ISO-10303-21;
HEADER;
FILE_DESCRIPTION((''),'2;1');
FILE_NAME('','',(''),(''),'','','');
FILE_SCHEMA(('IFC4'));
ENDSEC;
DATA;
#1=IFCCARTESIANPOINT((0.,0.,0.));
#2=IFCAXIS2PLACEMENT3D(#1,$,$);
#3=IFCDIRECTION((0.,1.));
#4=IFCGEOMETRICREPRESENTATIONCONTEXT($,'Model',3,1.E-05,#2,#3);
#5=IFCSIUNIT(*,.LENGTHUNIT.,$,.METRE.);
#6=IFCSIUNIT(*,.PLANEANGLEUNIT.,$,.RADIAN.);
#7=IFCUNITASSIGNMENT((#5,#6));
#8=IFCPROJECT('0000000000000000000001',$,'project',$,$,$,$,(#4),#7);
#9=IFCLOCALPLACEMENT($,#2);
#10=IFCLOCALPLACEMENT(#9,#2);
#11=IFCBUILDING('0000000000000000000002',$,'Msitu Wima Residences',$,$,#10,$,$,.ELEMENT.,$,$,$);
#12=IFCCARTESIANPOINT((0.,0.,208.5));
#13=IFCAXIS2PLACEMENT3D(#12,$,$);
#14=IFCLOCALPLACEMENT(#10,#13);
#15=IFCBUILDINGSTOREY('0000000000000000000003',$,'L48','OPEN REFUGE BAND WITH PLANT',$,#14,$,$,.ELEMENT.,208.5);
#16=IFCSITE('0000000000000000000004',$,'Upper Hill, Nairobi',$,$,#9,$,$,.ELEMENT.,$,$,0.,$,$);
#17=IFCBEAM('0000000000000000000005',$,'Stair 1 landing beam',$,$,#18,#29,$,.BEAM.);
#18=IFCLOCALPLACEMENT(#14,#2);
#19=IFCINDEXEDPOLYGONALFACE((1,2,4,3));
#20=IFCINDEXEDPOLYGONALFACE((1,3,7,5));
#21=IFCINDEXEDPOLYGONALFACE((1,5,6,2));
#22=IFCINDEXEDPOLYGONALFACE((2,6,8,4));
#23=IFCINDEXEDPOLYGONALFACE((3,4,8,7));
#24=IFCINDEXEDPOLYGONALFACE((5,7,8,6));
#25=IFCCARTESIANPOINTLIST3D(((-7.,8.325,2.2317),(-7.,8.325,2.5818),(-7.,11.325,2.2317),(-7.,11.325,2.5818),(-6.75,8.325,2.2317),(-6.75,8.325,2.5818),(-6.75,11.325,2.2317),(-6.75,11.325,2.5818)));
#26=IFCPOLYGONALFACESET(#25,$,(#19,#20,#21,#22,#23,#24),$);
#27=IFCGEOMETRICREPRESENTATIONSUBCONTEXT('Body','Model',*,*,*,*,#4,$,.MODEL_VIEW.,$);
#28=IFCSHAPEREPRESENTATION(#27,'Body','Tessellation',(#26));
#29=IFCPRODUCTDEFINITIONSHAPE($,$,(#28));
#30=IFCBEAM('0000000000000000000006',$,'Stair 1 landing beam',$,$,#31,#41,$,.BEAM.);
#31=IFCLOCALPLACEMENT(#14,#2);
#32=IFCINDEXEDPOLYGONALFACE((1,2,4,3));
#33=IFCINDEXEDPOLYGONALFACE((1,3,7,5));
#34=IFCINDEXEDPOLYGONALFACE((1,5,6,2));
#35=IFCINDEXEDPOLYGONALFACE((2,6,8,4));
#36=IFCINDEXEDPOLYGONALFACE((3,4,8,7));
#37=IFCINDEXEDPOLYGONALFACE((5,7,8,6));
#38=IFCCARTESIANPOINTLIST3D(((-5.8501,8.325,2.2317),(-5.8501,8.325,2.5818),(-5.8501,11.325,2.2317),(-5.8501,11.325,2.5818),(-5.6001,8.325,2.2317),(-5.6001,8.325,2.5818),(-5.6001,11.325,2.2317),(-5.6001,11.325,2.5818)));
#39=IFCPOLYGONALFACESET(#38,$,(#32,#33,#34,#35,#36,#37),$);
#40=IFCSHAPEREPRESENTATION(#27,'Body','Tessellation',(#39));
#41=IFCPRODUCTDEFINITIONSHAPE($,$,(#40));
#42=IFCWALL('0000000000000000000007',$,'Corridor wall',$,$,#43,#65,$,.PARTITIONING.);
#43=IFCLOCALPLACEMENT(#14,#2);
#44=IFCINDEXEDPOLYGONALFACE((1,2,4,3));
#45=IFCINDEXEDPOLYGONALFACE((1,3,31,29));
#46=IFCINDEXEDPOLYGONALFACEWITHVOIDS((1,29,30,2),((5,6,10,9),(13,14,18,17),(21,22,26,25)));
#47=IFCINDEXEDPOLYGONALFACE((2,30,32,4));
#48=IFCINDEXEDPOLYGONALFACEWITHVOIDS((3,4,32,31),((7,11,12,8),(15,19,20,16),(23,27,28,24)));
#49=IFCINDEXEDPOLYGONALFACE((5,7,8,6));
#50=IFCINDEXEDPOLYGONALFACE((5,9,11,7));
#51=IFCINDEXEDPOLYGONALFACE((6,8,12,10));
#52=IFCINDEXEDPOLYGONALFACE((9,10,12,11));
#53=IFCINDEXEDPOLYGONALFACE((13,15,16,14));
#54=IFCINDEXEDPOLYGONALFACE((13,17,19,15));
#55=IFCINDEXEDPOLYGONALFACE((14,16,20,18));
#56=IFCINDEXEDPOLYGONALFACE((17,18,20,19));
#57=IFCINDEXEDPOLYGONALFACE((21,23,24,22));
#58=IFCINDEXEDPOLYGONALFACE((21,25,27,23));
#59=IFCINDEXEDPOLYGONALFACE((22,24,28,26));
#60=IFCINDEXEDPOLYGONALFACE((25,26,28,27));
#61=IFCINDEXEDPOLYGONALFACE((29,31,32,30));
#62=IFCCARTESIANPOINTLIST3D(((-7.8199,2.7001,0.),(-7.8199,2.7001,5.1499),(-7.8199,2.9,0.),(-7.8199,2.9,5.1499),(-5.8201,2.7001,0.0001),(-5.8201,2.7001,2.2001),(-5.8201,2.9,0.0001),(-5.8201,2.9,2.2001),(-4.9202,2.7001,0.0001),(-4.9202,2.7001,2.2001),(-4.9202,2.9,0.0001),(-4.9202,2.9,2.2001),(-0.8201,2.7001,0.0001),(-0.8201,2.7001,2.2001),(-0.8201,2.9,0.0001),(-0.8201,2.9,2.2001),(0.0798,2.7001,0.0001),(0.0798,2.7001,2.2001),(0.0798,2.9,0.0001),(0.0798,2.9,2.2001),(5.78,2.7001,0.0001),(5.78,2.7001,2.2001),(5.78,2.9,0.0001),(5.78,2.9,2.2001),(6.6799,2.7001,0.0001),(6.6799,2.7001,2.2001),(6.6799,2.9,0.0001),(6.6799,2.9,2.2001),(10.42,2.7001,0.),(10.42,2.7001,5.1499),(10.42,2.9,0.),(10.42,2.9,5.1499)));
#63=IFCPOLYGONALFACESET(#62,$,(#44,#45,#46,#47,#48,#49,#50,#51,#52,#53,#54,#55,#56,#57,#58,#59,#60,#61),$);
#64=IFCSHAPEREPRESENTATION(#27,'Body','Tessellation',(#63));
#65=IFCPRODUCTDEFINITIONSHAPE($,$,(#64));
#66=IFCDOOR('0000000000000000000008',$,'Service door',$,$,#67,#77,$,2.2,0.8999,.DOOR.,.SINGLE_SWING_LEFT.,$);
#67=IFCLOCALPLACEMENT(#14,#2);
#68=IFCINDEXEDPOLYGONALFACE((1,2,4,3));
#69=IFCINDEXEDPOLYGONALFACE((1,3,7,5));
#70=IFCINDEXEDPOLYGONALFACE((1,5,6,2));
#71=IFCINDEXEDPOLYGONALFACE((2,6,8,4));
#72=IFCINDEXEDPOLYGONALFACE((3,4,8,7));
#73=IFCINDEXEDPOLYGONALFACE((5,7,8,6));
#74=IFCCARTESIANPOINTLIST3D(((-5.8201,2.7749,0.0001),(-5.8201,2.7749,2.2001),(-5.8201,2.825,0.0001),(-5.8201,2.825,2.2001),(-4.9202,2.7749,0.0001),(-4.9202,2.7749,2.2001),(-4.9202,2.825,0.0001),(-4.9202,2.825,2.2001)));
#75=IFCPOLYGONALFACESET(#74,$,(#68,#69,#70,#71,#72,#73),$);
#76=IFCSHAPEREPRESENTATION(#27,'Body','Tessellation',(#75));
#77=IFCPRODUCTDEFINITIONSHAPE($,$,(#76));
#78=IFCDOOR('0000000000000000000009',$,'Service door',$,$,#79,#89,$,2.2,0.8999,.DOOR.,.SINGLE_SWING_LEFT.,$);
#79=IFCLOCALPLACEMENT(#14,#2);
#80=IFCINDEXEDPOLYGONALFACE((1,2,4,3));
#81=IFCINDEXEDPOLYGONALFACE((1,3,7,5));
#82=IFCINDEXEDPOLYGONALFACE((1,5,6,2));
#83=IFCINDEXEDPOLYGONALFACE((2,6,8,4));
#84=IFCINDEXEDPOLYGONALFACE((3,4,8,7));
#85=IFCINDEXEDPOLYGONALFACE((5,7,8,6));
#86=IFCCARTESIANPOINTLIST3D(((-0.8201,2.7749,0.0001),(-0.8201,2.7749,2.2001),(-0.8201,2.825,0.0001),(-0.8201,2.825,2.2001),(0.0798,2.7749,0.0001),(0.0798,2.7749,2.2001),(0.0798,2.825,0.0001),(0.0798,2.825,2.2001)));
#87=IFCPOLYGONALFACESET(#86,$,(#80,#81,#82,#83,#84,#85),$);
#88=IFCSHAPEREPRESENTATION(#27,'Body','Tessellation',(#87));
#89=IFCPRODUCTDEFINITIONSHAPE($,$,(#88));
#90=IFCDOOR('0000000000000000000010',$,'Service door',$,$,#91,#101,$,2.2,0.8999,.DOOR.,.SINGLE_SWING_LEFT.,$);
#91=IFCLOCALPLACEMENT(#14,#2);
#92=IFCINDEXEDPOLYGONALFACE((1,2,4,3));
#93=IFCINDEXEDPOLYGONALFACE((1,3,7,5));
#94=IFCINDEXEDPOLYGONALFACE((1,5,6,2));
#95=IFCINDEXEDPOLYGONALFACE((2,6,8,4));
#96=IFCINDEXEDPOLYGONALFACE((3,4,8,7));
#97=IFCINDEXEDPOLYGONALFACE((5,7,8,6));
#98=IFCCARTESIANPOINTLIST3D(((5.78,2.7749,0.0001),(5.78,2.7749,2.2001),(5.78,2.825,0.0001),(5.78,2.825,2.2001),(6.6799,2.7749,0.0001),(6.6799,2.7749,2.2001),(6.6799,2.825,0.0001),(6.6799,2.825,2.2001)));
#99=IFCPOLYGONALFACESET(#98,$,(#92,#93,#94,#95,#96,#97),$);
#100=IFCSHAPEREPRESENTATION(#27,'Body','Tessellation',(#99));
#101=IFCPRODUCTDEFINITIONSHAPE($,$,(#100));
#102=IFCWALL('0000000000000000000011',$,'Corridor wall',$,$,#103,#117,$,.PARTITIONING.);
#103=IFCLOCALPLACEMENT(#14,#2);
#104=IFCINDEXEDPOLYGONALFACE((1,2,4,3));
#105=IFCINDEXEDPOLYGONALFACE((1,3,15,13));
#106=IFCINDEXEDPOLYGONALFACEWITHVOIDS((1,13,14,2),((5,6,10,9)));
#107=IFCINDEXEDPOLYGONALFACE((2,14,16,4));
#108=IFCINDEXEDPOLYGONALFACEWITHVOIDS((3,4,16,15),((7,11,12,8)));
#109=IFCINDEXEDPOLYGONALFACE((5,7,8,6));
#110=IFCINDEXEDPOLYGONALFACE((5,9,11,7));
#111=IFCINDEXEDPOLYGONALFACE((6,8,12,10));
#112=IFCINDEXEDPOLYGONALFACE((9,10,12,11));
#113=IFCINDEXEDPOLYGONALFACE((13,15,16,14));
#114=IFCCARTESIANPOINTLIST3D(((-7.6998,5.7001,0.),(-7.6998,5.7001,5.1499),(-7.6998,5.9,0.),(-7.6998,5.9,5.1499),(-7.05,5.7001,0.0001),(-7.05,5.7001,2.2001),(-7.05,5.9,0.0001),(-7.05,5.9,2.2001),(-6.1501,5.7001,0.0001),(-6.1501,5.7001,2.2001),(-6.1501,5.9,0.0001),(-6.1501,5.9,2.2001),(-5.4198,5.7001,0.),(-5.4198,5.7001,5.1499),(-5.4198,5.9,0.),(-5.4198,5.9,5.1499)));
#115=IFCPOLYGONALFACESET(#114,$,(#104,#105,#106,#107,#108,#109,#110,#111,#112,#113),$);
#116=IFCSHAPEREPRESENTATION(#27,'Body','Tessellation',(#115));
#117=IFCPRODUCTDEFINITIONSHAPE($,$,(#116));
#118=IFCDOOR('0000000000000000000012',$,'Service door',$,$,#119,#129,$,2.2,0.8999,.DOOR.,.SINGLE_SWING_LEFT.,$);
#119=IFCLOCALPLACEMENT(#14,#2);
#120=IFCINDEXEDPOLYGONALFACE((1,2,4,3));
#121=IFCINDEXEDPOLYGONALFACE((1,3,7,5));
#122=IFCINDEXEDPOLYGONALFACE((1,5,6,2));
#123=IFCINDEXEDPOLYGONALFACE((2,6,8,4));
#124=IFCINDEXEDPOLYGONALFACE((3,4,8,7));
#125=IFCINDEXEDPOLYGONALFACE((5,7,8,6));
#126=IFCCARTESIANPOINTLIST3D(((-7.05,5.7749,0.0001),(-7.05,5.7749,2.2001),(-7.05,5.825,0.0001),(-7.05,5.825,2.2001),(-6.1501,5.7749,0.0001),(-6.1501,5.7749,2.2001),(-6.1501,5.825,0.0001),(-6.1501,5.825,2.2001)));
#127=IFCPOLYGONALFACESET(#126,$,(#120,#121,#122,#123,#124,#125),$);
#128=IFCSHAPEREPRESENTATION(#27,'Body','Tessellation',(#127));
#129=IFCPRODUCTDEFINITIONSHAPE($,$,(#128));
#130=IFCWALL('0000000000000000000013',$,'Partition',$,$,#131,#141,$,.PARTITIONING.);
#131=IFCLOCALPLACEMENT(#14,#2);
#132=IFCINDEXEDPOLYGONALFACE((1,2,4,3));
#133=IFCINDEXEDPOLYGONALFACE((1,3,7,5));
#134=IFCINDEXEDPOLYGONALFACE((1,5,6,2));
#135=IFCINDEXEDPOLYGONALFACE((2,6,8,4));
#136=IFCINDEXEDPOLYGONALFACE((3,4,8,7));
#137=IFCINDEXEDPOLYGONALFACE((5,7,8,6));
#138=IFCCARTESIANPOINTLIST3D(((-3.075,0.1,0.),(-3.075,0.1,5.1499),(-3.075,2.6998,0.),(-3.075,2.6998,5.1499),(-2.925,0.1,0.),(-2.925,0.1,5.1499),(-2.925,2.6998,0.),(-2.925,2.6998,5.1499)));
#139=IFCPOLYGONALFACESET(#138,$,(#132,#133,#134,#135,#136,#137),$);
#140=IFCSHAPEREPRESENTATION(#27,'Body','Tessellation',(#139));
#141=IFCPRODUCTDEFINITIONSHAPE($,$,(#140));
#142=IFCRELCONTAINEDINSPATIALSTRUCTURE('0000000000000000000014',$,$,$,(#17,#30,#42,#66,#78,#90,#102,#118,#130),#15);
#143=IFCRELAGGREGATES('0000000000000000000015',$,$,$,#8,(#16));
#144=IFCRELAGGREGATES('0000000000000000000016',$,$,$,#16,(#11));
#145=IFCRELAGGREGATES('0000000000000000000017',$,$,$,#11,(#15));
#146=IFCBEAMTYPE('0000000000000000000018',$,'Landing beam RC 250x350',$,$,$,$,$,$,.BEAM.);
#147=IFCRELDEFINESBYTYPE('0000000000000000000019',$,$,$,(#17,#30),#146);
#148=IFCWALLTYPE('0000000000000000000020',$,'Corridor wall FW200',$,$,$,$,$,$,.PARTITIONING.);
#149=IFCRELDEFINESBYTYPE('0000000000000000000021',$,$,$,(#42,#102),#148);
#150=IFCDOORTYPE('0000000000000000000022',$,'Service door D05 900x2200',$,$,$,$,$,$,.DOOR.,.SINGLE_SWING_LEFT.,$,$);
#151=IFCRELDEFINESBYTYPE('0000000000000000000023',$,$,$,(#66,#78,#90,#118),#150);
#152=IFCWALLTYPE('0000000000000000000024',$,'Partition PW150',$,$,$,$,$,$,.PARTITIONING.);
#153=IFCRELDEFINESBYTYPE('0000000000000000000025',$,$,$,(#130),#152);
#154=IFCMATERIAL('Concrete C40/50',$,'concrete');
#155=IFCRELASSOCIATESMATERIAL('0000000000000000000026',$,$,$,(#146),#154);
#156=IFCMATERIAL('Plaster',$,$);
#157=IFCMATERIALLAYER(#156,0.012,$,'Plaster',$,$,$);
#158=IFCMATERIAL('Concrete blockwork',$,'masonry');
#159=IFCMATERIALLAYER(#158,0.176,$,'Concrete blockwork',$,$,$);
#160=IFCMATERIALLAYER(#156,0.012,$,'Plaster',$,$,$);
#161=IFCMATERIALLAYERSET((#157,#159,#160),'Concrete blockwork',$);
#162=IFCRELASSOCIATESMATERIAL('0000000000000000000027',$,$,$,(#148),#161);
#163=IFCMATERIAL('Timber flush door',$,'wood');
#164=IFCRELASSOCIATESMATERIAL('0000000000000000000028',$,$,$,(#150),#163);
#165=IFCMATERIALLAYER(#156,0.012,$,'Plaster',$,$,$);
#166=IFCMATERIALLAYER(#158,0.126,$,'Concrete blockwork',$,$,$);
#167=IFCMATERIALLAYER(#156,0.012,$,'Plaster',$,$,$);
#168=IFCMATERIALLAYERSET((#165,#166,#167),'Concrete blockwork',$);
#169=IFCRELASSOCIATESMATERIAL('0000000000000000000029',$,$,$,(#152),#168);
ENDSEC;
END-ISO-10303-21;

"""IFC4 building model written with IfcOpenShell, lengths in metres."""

from ifc_helpers import new_model, si_unit, direction, frame, frame_2d, origin, origin_2d, place, context, subcontext, project, spatial, rectangle, extrude, material, layer, layer_set, material_profile, profile_set, type_object, element, fill, save


model = new_model("IFC4")

# Units and contexts
model_context = context("Model", 3, precision=1e-05, world=origin(), true_north=direction((0.0, 1.0)))
body_context = subcontext(model_context, "Body", "Model", "MODEL_VIEW")
ifc_project = project(units=[si_unit("LENGTHUNIT", "METRE"), si_unit("PLANEANGLEUNIT", "RADIAN")], contexts=[model_context])

# Site, building, storey
site_placement = place(None, origin())
site = spatial("IfcSite", under=ifc_project, at=site_placement, Name="Upper Hill, Nairobi", CompositionType="ELEMENT", RefElevation=0.0)
building_placement = place(site_placement, origin())
building = spatial("IfcBuilding", under=site, at=building_placement, Name="Msitu Wima Residences", CompositionType="ELEMENT")
storey_placement = place(building_placement, frame((0.0, 0.0, 208.5)))
storey = spatial("IfcBuildingStorey", under=building, at=storey_placement, Name="L48", Description="OPEN REFUGE BAND WITH PLANT", CompositionType="ELEMENT", Elevation=208.5)

# Beams
ifc_material_1 = material(Name="Concrete C40/50", Category="concrete")
ifc_material_profile = material_profile(ifc_material_1, rectangle(XDim=0.25, YDim=0.3501, at=origin_2d()), Name="RC 250x350")
ifc_profile_set = profile_set([ifc_material_profile], Name="Concrete C40/50")
beam_type = type_object("IfcBeamType", Name="Landing beam RC 250x350", PredefinedType="BEAM", material=ifc_profile_set)
for number, where, z_axis, x_axis, name in (
    (1, (-6.875, 8.325, 2.4067), (0.0, 1.0, 0.0), (-1.0, 0.0, 0.0), "Stair 1 landing beam"),
    (2, (-5.7251, 8.325, 2.4067), (0.0, 1.0, 0.0), (-1.0, 0.0, 0.0), "Stair 1 landing beam"),
):
    element("IfcBeam", number, at=place(storey_placement, frame(where, z_axis=z_axis, x_axis=x_axis)), inside=storey, type_object=beam_type, Name=name, PredefinedType="BEAM", context=body_context, shape_type="SweptSolid", body=[
        extrude(rectangle(XDim=0.25, YDim=0.3501, at=origin_2d()), origin(), (0.0, 0.0, 1.0), 3.0),
    ])

# Wall, openings, doors
ifc_material_2 = material(Name="Plaster")
ifc_layer_1 = layer(ifc_material_2, 0.012, Name="Plaster")
ifc_material_3 = material(Name="Concrete blockwork", Category="masonry")
ifc_layer_2 = layer(ifc_material_3, 0.176, Name="Concrete blockwork")
ifc_layer_3 = layer(ifc_material_2, 0.012, Name="Plaster")
ifc_layer_set_1 = layer_set([ifc_layer_1, ifc_layer_2, ifc_layer_3], Name="Concrete blockwork")
wall_type_1 = type_object("IfcWallType", Name="Corridor wall FW200", PredefinedType="PARTITIONING", material=ifc_layer_set_1)
wall_1_placement = place(storey_placement, frame((-7.8201, 2.8, 0.0), z_axis=(0.0, 0.0, 1.0), x_axis=(1.0, 0.0, 0.0)))
wall_1 = element("IfcWall", 3, at=wall_1_placement, inside=storey, type_object=wall_type_1, Name="Corridor wall", PredefinedType="PARTITIONING", context=body_context, shape_type="SweptSolid", body=[
    extrude(rectangle(XDim=18.24, YDim=0.2, at=frame_2d((9.1201, 0.0))), origin(), (0.0, 0.0, 1.0), 5.1499),
])
opening_1_placement = place(wall_1_placement, frame((2.0, 0.0, 0.0)))
opening_1 = element("IfcOpeningElement", 4, at=opening_1_placement, cuts=wall_1, PredefinedType="OPENING", context=body_context, shape_type="SweptSolid", body=[
    extrude(rectangle(XDim=0.8999, YDim=2.2, at=frame_2d((0.45, 1.1001))), frame((0.0, 0.1099, 0.0), z_axis=(0.0, -1.0, 0.0), x_axis=(1.0, 0.0, 0.0)), (0.0, 0.0, 1.0), 0.22),
])
opening_2_placement = place(wall_1_placement, frame((7.0, 0.0, 0.0)))
opening_2 = element("IfcOpeningElement", 5, at=opening_2_placement, cuts=wall_1, PredefinedType="OPENING", context=body_context, shape_type="SweptSolid", body=[
    extrude(rectangle(XDim=0.8999, YDim=2.2, at=frame_2d((0.45, 1.1001))), frame((0.0, 0.1099, 0.0), z_axis=(0.0, -1.0, 0.0), x_axis=(1.0, 0.0, 0.0)), (0.0, 0.0, 1.0), 0.22),
])
opening_3_placement = place(wall_1_placement, frame((13.6001, 0.0, 0.0)))
opening_3 = element("IfcOpeningElement", 6, at=opening_3_placement, cuts=wall_1, PredefinedType="OPENING", context=body_context, shape_type="SweptSolid", body=[
    extrude(rectangle(XDim=0.8999, YDim=2.2, at=frame_2d((0.45, 1.1001))), frame((0.0, 0.1099, 0.0), z_axis=(0.0, -1.0, 0.0), x_axis=(1.0, 0.0, 0.0)), (0.0, 0.0, 1.0), 0.22),
])
ifc_material_4 = material(Name="Timber flush door", Category="wood")
door_type_1 = type_object("IfcDoorType", Name="Service door D05 900x2200", OperationType="SINGLE_SWING_LEFT", PredefinedType="DOOR", material=ifc_material_4)
door_1_placement = place(opening_1_placement, origin())
door_1 = element("IfcDoor", 7, at=door_1_placement, inside=storey, type_object=door_type_1, Name="Service door", OperationType="SINGLE_SWING_LEFT", OverallHeight=2.2, OverallWidth=0.8999, PredefinedType="DOOR", context=body_context, shape_type="SweptSolid", body=[
    extrude(rectangle(XDim=0.8999, YDim=2.2, at=frame_2d((0.45, 1.1001))), frame((0.0, 0.0249, 0.0), z_axis=(0.0, -1.0, 0.0), x_axis=(1.0, 0.0, 0.0)), (0.0, 0.0, 1.0), 0.05),
])
fill(opening_1, door_1)
door_2_placement = place(opening_2_placement, origin())
door_2 = element("IfcDoor", 8, at=door_2_placement, inside=storey, type_object=door_type_1, Name="Service door", OperationType="SINGLE_SWING_LEFT", OverallHeight=2.2, OverallWidth=0.8999, PredefinedType="DOOR", context=body_context, shape_type="SweptSolid", body=[
    extrude(rectangle(XDim=0.8999, YDim=2.2, at=frame_2d((0.45, 1.1001))), frame((0.0, 0.0249, 0.0), z_axis=(0.0, -1.0, 0.0), x_axis=(1.0, 0.0, 0.0)), (0.0, 0.0, 1.0), 0.05),
])
fill(opening_2, door_2)
door_3_placement = place(opening_3_placement, origin())
door_3 = element("IfcDoor", 9, at=door_3_placement, inside=storey, type_object=door_type_1, Name="Service door", OperationType="SINGLE_SWING_LEFT", OverallHeight=2.2, OverallWidth=0.8999, PredefinedType="DOOR", context=body_context, shape_type="SweptSolid", body=[
    extrude(rectangle(XDim=0.8999, YDim=2.2, at=frame_2d((0.45, 1.1001))), frame((0.0, 0.0249, 0.0), z_axis=(0.0, -1.0, 0.0), x_axis=(1.0, 0.0, 0.0)), (0.0, 0.0, 1.0), 0.05),
])
fill(opening_3, door_3)

# Wall, opening, door
wall_2_placement = place(storey_placement, frame((-7.7, 5.8, 0.0), z_axis=(0.0, 0.0, 1.0), x_axis=(1.0, 0.0, 0.0)))
wall_2 = element("IfcWall", 10, at=wall_2_placement, inside=storey, type_object=wall_type_1, Name="Corridor wall", PredefinedType="PARTITIONING", context=body_context, shape_type="SweptSolid", body=[
    extrude(rectangle(XDim=2.28, YDim=0.2, at=frame_2d((1.1401, 0.0))), origin(), (0.0, 0.0, 1.0), 5.1499),
])
opening_4_placement = place(wall_2_placement, frame((0.6499, 0.0, 0.0)))
opening_4 = element("IfcOpeningElement", 11, at=opening_4_placement, cuts=wall_2, PredefinedType="OPENING", context=body_context, shape_type="SweptSolid", body=[
    extrude(rectangle(XDim=0.8999, YDim=2.2, at=frame_2d((0.45, 1.1001))), frame((0.0, 0.1099, 0.0), z_axis=(0.0, -1.0, 0.0), x_axis=(1.0, 0.0, 0.0)), (0.0, 0.0, 1.0), 0.22),
])
door_4_placement = place(opening_4_placement, origin())
door_4 = element("IfcDoor", 12, at=door_4_placement, inside=storey, type_object=door_type_1, Name="Service door", OperationType="SINGLE_SWING_LEFT", OverallHeight=2.2, OverallWidth=0.8999, PredefinedType="DOOR", context=body_context, shape_type="SweptSolid", body=[
    extrude(rectangle(XDim=0.8999, YDim=2.2, at=frame_2d((0.45, 1.1001))), frame((0.0, 0.0249, 0.0), z_axis=(0.0, -1.0, 0.0), x_axis=(1.0, 0.0, 0.0)), (0.0, 0.0, 1.0), 0.05),
])
fill(opening_4, door_4)

# Wall
ifc_layer_4 = layer(ifc_material_2, 0.012, Name="Plaster")
ifc_layer_5 = layer(ifc_material_3, 0.126, Name="Concrete blockwork")
ifc_layer_6 = layer(ifc_material_2, 0.012, Name="Plaster")
ifc_layer_set_2 = layer_set([ifc_layer_4, ifc_layer_5, ifc_layer_6], Name="Concrete blockwork")
wall_type_2 = type_object("IfcWallType", Name="Partition PW150", PredefinedType="PARTITIONING", material=ifc_layer_set_2)
wall_3_placement = place(storey_placement, frame((-3.0, 0.1001, 0.0), z_axis=(0.0, 0.0, 1.0), x_axis=(0.0, 1.0, 0.0)))
element("IfcWall", 13, at=wall_3_placement, inside=storey, type_object=wall_type_2, Name="Partition", PredefinedType="PARTITIONING", context=body_context, shape_type="SweptSolid", body=[
    extrude(rectangle(XDim=2.5999, YDim=0.1499, at=frame_2d((1.2998, 0.0))), origin(), (0.0, 0.0, 1.0), 5.1499),
])

save(model, "model.ifc")
